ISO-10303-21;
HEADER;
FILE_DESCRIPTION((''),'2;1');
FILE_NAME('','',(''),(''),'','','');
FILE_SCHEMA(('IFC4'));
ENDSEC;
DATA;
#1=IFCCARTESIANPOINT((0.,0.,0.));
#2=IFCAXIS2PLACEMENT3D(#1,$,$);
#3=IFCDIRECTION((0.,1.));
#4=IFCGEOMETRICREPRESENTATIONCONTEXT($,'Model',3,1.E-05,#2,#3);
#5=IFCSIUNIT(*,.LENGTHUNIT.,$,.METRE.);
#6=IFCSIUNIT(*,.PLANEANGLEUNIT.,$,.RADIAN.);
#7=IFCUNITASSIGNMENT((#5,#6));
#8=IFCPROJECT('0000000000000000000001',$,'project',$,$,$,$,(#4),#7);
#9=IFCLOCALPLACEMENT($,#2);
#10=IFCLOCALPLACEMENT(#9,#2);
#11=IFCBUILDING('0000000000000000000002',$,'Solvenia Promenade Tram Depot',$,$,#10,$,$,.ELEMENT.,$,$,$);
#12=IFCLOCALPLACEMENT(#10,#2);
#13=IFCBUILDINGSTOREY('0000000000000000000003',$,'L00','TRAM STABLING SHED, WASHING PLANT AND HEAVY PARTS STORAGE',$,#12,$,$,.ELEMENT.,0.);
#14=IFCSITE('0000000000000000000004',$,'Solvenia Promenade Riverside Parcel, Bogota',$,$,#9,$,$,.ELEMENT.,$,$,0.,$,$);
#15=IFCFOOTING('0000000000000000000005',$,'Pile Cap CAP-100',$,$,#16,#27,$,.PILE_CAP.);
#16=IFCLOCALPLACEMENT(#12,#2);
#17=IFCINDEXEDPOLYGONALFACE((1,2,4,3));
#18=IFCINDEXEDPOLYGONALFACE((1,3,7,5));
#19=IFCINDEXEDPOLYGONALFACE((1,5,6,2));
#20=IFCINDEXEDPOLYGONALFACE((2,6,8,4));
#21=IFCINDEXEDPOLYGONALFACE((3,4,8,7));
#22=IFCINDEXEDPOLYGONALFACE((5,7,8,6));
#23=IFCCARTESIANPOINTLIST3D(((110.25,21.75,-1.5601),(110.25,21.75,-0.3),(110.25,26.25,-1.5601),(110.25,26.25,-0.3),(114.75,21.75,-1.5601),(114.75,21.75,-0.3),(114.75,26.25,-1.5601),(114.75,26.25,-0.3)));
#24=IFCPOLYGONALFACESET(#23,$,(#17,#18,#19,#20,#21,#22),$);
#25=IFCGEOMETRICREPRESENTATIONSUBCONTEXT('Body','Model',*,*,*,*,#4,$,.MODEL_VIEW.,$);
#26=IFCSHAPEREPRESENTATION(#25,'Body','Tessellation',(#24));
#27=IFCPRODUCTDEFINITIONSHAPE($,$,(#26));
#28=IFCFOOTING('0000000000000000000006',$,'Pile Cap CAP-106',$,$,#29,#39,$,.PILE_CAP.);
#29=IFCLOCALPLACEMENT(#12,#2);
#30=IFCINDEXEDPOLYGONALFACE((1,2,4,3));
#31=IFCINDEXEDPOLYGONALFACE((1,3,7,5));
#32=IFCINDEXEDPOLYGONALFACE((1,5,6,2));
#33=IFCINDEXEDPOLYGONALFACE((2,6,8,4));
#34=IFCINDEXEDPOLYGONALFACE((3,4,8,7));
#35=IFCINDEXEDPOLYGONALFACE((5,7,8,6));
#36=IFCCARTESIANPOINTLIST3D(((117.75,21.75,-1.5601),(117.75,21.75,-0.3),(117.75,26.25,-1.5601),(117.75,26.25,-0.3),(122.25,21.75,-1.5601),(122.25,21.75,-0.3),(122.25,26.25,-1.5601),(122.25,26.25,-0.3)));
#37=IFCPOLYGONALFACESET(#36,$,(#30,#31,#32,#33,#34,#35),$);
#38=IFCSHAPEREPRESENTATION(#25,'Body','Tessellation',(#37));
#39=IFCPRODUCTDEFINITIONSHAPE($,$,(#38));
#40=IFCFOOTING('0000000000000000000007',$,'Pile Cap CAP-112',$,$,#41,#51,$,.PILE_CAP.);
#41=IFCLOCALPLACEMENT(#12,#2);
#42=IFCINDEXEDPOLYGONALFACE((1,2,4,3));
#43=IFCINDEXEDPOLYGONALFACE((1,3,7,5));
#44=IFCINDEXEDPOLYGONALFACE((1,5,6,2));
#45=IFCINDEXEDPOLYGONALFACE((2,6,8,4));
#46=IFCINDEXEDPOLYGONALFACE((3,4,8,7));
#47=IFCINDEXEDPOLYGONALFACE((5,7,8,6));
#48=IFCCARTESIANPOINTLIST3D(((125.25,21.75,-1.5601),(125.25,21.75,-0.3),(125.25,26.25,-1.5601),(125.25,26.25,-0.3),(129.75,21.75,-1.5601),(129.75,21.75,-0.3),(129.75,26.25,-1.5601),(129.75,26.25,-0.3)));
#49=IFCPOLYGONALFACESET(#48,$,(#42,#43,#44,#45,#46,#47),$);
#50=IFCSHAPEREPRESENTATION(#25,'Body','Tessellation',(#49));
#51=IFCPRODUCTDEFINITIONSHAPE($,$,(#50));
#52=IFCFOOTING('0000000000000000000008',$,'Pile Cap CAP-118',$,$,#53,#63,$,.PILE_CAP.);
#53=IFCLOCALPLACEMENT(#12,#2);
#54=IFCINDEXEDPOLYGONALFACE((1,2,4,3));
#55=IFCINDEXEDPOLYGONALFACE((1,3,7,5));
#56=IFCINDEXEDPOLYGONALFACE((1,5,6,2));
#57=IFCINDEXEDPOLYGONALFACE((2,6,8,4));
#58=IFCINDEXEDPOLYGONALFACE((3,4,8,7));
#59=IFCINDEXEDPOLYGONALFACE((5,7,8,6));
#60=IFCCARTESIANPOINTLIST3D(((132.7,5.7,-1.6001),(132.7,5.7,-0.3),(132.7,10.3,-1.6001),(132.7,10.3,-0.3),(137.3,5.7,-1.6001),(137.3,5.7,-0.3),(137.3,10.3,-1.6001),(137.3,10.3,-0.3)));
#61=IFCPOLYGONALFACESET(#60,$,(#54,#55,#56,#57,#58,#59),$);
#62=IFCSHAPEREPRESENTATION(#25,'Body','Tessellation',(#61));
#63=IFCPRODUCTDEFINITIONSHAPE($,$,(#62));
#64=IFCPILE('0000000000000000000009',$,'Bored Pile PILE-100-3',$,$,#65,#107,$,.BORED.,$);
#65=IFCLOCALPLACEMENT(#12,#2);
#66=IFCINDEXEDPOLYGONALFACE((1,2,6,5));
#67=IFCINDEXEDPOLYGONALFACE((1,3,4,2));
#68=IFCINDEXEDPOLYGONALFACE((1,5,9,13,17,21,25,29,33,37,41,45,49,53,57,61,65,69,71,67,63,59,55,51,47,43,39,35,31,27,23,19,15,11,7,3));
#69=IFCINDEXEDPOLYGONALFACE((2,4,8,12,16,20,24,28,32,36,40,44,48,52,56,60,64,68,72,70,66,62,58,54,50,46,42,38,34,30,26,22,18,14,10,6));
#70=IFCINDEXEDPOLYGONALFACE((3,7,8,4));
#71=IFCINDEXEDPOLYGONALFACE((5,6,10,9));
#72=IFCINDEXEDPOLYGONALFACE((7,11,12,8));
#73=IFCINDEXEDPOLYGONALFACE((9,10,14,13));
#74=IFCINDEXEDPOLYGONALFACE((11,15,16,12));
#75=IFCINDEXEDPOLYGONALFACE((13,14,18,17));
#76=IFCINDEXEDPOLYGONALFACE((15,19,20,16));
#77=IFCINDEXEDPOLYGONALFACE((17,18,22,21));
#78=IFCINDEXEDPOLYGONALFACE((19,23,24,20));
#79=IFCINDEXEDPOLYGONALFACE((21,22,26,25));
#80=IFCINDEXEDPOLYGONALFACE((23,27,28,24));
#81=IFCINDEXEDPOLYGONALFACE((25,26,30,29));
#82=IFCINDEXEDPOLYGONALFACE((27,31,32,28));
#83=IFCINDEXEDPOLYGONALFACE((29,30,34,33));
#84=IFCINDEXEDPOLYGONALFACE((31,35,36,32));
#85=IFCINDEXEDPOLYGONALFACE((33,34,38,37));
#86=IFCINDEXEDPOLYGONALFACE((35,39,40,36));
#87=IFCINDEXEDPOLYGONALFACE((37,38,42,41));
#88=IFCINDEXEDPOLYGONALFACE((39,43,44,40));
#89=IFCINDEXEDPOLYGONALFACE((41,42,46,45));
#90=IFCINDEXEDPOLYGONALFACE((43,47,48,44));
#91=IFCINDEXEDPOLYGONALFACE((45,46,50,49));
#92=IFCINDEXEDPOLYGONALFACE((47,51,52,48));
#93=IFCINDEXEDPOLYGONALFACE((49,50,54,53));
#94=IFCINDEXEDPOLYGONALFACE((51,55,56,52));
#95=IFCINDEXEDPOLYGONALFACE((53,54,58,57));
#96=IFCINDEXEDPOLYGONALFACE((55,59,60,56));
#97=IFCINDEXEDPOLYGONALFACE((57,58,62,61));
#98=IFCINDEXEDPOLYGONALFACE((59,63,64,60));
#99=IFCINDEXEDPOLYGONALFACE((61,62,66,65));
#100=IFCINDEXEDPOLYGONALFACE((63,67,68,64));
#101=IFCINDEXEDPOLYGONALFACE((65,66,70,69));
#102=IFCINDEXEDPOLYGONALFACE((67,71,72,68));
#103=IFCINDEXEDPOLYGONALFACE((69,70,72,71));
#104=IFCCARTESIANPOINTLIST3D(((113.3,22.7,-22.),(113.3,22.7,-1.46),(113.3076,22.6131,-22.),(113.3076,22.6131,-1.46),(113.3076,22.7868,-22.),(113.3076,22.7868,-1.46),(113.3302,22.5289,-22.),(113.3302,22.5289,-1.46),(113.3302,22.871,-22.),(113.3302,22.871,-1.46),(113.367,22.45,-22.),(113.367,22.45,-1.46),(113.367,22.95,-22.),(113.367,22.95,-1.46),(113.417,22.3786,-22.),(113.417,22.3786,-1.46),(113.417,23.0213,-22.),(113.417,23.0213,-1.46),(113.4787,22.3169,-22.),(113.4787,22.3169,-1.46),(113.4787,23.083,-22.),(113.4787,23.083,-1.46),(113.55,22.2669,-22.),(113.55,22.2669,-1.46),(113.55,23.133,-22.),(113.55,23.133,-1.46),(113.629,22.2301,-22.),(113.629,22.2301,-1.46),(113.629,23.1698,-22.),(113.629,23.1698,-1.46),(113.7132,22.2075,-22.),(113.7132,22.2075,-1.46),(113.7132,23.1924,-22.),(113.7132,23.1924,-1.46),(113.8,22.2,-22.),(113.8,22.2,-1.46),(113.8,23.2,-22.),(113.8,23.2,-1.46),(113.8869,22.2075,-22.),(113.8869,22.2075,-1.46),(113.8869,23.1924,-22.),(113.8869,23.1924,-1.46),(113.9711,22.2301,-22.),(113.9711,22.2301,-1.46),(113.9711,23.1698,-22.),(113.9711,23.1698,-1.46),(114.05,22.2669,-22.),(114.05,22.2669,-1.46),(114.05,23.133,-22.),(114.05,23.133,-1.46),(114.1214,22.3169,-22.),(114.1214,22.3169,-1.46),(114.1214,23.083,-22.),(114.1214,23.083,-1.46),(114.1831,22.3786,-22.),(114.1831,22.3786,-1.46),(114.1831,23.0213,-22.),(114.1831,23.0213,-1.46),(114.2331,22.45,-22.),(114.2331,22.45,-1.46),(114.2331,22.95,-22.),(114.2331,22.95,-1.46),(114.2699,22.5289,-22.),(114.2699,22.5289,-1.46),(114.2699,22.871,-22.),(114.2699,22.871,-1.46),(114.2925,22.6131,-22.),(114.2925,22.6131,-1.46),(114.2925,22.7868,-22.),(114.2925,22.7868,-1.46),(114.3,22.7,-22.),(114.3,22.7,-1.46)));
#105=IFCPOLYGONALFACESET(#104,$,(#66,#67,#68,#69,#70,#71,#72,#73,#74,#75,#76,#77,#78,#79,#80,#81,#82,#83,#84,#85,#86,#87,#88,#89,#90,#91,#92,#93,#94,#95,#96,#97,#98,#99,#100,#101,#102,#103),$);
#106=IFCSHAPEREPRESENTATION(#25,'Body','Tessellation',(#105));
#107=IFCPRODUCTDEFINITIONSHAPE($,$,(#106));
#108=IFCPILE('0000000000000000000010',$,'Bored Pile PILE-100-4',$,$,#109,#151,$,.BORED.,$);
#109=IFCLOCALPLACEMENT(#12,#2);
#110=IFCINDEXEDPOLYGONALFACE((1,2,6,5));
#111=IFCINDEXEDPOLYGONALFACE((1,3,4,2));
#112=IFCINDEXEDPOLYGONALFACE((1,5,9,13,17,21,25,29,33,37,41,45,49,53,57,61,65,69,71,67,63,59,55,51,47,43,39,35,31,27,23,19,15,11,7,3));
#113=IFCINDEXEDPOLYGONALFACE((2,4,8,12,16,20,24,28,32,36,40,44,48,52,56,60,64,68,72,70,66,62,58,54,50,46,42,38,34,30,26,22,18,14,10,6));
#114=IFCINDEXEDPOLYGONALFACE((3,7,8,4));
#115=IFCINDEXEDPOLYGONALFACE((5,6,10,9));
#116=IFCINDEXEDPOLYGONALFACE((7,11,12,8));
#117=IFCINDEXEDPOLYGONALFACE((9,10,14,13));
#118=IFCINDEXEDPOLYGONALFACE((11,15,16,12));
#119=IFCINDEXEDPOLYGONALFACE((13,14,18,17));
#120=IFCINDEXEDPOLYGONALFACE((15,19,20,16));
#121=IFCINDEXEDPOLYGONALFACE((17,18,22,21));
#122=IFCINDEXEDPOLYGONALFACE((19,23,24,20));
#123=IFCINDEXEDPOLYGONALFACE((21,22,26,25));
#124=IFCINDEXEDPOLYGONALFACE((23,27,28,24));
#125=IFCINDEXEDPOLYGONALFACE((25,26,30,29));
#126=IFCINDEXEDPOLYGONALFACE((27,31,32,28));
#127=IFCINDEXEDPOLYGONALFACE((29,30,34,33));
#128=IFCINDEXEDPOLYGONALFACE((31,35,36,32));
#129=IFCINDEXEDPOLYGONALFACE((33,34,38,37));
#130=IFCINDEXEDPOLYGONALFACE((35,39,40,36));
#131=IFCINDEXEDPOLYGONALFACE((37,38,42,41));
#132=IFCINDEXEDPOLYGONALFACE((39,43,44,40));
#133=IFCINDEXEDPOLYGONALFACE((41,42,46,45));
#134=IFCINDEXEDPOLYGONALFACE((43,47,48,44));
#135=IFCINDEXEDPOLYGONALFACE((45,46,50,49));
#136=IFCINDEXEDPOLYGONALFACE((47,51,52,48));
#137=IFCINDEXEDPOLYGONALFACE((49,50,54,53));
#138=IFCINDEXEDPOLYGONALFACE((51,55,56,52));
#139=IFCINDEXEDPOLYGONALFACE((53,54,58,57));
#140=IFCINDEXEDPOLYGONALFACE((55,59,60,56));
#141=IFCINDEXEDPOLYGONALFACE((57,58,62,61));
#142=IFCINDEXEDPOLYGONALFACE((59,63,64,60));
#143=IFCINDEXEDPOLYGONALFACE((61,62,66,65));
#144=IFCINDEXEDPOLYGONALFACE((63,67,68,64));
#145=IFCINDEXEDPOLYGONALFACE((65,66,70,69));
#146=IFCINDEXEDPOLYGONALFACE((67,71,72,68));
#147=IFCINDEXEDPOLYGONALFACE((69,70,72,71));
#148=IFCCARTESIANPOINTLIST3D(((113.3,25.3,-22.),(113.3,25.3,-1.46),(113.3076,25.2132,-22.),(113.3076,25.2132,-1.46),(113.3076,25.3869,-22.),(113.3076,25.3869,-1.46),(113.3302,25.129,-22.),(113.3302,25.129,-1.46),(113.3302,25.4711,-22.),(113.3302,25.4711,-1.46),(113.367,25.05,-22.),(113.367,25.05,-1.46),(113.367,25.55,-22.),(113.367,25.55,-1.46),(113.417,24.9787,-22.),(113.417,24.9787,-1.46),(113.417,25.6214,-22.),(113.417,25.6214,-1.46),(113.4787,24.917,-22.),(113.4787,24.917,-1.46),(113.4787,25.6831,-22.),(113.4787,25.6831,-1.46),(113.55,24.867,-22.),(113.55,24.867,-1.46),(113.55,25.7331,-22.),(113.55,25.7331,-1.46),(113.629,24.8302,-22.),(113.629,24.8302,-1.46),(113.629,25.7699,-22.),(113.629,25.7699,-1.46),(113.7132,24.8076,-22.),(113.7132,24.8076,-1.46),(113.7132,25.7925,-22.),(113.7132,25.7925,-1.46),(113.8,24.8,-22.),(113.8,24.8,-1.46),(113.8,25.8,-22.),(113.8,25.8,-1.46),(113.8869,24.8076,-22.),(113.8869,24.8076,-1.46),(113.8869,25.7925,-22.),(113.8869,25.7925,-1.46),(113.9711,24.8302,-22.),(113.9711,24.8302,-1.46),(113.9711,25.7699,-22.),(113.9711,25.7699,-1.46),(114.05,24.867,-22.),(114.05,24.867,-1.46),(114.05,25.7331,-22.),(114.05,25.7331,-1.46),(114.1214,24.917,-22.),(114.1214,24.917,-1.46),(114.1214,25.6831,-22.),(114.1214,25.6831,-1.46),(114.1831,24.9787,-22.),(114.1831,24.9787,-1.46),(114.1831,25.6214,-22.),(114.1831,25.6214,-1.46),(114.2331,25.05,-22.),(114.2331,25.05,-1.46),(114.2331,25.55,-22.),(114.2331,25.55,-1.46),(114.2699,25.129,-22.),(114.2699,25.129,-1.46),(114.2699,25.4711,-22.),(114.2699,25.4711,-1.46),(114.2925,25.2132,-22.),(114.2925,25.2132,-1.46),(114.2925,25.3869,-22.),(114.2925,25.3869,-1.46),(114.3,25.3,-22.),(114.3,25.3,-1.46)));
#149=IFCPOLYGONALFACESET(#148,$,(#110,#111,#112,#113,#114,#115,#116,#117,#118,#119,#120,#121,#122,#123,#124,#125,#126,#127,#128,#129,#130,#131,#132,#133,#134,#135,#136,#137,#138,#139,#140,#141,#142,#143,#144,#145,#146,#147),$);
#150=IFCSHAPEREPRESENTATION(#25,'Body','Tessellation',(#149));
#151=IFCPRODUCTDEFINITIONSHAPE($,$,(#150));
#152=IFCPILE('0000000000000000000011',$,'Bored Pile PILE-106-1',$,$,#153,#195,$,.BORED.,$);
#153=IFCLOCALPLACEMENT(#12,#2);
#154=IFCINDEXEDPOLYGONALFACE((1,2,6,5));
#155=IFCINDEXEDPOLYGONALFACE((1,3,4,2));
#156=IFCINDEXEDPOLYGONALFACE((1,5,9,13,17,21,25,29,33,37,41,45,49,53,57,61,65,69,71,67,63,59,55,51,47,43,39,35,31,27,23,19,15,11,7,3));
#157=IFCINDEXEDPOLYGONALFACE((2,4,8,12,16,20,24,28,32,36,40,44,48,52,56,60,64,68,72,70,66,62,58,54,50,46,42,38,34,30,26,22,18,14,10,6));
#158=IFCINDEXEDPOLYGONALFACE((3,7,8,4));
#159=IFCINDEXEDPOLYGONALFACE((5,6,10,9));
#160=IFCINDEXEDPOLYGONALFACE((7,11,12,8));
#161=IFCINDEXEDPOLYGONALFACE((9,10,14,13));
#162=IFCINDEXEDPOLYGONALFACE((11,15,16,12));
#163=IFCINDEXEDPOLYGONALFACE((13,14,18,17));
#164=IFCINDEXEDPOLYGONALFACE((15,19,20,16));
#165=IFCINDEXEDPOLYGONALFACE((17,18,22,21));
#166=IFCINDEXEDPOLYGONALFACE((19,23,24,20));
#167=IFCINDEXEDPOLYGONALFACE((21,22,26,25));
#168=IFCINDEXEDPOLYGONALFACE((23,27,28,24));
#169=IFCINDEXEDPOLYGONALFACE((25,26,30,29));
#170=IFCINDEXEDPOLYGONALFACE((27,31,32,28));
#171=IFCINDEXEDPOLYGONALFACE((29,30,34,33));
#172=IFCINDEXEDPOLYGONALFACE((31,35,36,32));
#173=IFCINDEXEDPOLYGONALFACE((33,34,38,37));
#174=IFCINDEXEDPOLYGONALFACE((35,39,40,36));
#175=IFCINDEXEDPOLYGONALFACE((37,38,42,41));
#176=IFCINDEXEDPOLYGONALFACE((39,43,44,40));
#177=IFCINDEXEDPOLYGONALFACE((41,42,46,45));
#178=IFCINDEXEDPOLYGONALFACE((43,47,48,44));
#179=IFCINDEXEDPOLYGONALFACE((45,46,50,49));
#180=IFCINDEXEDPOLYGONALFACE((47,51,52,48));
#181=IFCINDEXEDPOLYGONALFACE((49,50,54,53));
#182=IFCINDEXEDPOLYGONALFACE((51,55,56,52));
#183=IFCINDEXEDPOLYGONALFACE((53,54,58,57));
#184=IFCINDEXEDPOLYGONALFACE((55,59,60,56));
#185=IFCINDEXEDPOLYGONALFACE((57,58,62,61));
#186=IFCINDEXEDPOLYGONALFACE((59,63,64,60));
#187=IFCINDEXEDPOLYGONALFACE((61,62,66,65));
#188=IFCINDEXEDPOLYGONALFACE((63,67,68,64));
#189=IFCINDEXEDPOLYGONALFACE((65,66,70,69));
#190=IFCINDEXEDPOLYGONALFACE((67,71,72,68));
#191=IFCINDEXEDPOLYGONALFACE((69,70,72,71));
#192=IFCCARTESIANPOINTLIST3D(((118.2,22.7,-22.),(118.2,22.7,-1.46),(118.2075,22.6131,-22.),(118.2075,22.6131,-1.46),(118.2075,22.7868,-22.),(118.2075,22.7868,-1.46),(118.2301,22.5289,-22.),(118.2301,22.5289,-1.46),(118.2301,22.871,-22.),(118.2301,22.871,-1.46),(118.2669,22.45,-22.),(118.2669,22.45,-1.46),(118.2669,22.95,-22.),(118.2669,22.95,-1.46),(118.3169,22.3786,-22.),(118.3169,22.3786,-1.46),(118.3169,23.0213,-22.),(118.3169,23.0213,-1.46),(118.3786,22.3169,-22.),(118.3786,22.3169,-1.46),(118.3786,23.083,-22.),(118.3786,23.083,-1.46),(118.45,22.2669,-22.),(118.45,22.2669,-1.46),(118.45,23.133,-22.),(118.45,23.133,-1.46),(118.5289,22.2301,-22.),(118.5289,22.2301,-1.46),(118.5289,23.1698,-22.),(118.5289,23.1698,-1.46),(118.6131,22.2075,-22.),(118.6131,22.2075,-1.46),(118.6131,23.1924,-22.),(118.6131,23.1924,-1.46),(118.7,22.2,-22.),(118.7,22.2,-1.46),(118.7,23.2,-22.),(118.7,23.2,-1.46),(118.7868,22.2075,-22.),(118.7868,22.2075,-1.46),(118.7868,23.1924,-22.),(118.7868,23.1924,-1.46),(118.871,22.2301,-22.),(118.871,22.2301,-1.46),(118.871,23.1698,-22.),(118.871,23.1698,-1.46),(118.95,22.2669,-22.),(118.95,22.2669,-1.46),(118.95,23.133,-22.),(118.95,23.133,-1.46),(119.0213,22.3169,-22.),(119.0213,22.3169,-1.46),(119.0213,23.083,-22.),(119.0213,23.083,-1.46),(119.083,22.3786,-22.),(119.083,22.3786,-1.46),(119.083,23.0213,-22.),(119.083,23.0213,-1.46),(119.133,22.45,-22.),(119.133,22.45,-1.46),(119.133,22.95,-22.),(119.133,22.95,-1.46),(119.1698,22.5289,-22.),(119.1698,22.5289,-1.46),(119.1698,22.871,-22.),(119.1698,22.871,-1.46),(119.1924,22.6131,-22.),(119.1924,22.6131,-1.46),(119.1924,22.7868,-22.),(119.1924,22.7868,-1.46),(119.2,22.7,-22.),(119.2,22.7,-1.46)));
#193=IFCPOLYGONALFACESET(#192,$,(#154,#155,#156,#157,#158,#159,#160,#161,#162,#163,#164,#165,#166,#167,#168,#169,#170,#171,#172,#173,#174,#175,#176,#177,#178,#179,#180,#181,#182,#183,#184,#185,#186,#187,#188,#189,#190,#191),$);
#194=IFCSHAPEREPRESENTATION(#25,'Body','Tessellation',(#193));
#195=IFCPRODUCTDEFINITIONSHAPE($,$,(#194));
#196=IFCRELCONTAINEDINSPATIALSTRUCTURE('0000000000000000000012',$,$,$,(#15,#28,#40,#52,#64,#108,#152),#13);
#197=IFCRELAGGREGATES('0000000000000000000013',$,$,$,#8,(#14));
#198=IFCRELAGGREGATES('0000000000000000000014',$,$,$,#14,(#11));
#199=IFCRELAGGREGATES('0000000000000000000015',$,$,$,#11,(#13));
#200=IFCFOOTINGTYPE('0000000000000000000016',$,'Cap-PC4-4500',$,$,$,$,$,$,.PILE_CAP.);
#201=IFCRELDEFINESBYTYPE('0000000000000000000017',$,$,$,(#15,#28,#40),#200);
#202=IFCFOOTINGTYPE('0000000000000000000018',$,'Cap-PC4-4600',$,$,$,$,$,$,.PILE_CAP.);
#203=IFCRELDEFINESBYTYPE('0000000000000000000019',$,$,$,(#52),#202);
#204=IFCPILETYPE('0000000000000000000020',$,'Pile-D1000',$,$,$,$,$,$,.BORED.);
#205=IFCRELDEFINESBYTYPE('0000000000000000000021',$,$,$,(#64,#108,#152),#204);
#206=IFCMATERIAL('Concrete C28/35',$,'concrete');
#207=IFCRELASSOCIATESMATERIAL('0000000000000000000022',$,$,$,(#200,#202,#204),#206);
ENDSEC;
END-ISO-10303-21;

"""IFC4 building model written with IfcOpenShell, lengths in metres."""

from ifc_helpers import new_model, si_unit, direction, frame, origin, origin_2d, place, context, subcontext, project, spatial, rectangle, circle, extrude, material, material_profile, profile_set, type_object, element, save


model = new_model("IFC4")

# Units and contexts
model_context = context("Model", 3, precision=1e-05, world=origin(), true_north=direction((0.0, 1.0)))
body_context = subcontext(model_context, "Body", "Model", "MODEL_VIEW")
ifc_project = project(units=[si_unit("LENGTHUNIT", "METRE"), si_unit("PLANEANGLEUNIT", "RADIAN")], contexts=[model_context])

# Site, building, storey
site_placement = place(None, origin())
site = spatial("IfcSite", under=ifc_project, at=site_placement, Name="Solvenia Promenade Riverside Parcel, Bogota", CompositionType="ELEMENT", RefElevation=0.0)
building_placement = place(site_placement, origin())
building = spatial("IfcBuilding", under=site, at=building_placement, Name="Solvenia Promenade Tram Depot", CompositionType="ELEMENT")
storey_placement = place(building_placement, origin())
storey = spatial("IfcBuildingStorey", under=building, at=storey_placement, Name="L00", Description="TRAM STABLING SHED, WASHING PLANT AND HEAVY PARTS STORAGE", CompositionType="ELEMENT", Elevation=0.0)

# Footings
ifc_material_1 = material(Name="Concrete C28/35", Category="concrete")
footing_type_1 = type_object("IfcFootingType", Name="Cap-PC4-4500", PredefinedType="PILE_CAP", material=ifc_material_1)
for number, where, z_axis, x_axis, name in (
    (1, (112.5, 24.0, -1.5601), (0.0, 0.0, 1.0), (1.0, 0.0, 0.0), "Pile Cap CAP-100"),
    (2, (120.0, 24.0, -1.5601), (0.0, 0.0, 1.0), (1.0, 0.0, 0.0), "Pile Cap CAP-106"),
    (3, (127.5, 24.0, -1.5601), (0.0, 0.0, 1.0), (1.0, 0.0, 0.0), "Pile Cap CAP-112"),
):
    element("IfcFooting", number, at=place(storey_placement, frame(where, z_axis=z_axis, x_axis=x_axis)), inside=storey, type_object=footing_type_1, Name=name, PredefinedType="PILE_CAP", context=body_context, shape_type="SweptSolid", body=[
        extrude(rectangle(XDim=4.5, YDim=4.5, at=origin_2d()), origin(), (0.0, 0.0, 1.0), 1.26),
    ])
footing_type_2 = type_object("IfcFootingType", Name="Cap-PC4-4600", PredefinedType="PILE_CAP", material=ifc_material_1)
footing_1_placement = place(storey_placement, frame((135.0, 8.0, -1.6001), z_axis=(0.0, 0.0, 1.0), x_axis=(1.0, 0.0, 0.0)))
element("IfcFooting", 4, at=footing_1_placement, inside=storey, type_object=footing_type_2, Name="Pile Cap CAP-118", PredefinedType="PILE_CAP", context=body_context, shape_type="SweptSolid", body=[
    extrude(rectangle(XDim=4.6001, YDim=4.6001, at=origin_2d()), origin(), (0.0, 0.0, 1.0), 1.3),
])

# Piles
ifc_material_profile_1 = material_profile(ifc_material_1, circle(Radius=0.5, at=origin_2d()), Name="D1000", Category="concrete")
ifc_profile_set_1 = profile_set([ifc_material_profile_1], Name="Concrete C28/35")
pile_type = type_object("IfcPileType", Name="Pile-D1000", PredefinedType="BORED", material=ifc_profile_set_1)
for number, where, z_axis, x_axis, name in (
    (5, (113.8, 22.7, -1.46), (0.0, 0.0, -1.0), (1.0, 0.0, 0.0), "Bored Pile PILE-100-3"),
    (6, (113.8, 25.3, -1.46), (0.0, 0.0, -1.0), (1.0, 0.0, 0.0), "Bored Pile PILE-100-4"),
    (7, (118.7, 22.7, -1.46), (0.0, 0.0, -1.0), (1.0, 0.0, 0.0), "Bored Pile PILE-106-1"),
):
    element("IfcPile", number, at=place(storey_placement, frame(where, z_axis=z_axis, x_axis=x_axis)), inside=storey, type_object=pile_type, Name=name, PredefinedType="BORED", context=body_context, shape_type="SweptSolid", body=[
        extrude(circle(Radius=0.5, at=origin_2d()), origin(), (0.0, 0.0, 1.0), 20.54),
    ])

save(model, "model.ifc")
